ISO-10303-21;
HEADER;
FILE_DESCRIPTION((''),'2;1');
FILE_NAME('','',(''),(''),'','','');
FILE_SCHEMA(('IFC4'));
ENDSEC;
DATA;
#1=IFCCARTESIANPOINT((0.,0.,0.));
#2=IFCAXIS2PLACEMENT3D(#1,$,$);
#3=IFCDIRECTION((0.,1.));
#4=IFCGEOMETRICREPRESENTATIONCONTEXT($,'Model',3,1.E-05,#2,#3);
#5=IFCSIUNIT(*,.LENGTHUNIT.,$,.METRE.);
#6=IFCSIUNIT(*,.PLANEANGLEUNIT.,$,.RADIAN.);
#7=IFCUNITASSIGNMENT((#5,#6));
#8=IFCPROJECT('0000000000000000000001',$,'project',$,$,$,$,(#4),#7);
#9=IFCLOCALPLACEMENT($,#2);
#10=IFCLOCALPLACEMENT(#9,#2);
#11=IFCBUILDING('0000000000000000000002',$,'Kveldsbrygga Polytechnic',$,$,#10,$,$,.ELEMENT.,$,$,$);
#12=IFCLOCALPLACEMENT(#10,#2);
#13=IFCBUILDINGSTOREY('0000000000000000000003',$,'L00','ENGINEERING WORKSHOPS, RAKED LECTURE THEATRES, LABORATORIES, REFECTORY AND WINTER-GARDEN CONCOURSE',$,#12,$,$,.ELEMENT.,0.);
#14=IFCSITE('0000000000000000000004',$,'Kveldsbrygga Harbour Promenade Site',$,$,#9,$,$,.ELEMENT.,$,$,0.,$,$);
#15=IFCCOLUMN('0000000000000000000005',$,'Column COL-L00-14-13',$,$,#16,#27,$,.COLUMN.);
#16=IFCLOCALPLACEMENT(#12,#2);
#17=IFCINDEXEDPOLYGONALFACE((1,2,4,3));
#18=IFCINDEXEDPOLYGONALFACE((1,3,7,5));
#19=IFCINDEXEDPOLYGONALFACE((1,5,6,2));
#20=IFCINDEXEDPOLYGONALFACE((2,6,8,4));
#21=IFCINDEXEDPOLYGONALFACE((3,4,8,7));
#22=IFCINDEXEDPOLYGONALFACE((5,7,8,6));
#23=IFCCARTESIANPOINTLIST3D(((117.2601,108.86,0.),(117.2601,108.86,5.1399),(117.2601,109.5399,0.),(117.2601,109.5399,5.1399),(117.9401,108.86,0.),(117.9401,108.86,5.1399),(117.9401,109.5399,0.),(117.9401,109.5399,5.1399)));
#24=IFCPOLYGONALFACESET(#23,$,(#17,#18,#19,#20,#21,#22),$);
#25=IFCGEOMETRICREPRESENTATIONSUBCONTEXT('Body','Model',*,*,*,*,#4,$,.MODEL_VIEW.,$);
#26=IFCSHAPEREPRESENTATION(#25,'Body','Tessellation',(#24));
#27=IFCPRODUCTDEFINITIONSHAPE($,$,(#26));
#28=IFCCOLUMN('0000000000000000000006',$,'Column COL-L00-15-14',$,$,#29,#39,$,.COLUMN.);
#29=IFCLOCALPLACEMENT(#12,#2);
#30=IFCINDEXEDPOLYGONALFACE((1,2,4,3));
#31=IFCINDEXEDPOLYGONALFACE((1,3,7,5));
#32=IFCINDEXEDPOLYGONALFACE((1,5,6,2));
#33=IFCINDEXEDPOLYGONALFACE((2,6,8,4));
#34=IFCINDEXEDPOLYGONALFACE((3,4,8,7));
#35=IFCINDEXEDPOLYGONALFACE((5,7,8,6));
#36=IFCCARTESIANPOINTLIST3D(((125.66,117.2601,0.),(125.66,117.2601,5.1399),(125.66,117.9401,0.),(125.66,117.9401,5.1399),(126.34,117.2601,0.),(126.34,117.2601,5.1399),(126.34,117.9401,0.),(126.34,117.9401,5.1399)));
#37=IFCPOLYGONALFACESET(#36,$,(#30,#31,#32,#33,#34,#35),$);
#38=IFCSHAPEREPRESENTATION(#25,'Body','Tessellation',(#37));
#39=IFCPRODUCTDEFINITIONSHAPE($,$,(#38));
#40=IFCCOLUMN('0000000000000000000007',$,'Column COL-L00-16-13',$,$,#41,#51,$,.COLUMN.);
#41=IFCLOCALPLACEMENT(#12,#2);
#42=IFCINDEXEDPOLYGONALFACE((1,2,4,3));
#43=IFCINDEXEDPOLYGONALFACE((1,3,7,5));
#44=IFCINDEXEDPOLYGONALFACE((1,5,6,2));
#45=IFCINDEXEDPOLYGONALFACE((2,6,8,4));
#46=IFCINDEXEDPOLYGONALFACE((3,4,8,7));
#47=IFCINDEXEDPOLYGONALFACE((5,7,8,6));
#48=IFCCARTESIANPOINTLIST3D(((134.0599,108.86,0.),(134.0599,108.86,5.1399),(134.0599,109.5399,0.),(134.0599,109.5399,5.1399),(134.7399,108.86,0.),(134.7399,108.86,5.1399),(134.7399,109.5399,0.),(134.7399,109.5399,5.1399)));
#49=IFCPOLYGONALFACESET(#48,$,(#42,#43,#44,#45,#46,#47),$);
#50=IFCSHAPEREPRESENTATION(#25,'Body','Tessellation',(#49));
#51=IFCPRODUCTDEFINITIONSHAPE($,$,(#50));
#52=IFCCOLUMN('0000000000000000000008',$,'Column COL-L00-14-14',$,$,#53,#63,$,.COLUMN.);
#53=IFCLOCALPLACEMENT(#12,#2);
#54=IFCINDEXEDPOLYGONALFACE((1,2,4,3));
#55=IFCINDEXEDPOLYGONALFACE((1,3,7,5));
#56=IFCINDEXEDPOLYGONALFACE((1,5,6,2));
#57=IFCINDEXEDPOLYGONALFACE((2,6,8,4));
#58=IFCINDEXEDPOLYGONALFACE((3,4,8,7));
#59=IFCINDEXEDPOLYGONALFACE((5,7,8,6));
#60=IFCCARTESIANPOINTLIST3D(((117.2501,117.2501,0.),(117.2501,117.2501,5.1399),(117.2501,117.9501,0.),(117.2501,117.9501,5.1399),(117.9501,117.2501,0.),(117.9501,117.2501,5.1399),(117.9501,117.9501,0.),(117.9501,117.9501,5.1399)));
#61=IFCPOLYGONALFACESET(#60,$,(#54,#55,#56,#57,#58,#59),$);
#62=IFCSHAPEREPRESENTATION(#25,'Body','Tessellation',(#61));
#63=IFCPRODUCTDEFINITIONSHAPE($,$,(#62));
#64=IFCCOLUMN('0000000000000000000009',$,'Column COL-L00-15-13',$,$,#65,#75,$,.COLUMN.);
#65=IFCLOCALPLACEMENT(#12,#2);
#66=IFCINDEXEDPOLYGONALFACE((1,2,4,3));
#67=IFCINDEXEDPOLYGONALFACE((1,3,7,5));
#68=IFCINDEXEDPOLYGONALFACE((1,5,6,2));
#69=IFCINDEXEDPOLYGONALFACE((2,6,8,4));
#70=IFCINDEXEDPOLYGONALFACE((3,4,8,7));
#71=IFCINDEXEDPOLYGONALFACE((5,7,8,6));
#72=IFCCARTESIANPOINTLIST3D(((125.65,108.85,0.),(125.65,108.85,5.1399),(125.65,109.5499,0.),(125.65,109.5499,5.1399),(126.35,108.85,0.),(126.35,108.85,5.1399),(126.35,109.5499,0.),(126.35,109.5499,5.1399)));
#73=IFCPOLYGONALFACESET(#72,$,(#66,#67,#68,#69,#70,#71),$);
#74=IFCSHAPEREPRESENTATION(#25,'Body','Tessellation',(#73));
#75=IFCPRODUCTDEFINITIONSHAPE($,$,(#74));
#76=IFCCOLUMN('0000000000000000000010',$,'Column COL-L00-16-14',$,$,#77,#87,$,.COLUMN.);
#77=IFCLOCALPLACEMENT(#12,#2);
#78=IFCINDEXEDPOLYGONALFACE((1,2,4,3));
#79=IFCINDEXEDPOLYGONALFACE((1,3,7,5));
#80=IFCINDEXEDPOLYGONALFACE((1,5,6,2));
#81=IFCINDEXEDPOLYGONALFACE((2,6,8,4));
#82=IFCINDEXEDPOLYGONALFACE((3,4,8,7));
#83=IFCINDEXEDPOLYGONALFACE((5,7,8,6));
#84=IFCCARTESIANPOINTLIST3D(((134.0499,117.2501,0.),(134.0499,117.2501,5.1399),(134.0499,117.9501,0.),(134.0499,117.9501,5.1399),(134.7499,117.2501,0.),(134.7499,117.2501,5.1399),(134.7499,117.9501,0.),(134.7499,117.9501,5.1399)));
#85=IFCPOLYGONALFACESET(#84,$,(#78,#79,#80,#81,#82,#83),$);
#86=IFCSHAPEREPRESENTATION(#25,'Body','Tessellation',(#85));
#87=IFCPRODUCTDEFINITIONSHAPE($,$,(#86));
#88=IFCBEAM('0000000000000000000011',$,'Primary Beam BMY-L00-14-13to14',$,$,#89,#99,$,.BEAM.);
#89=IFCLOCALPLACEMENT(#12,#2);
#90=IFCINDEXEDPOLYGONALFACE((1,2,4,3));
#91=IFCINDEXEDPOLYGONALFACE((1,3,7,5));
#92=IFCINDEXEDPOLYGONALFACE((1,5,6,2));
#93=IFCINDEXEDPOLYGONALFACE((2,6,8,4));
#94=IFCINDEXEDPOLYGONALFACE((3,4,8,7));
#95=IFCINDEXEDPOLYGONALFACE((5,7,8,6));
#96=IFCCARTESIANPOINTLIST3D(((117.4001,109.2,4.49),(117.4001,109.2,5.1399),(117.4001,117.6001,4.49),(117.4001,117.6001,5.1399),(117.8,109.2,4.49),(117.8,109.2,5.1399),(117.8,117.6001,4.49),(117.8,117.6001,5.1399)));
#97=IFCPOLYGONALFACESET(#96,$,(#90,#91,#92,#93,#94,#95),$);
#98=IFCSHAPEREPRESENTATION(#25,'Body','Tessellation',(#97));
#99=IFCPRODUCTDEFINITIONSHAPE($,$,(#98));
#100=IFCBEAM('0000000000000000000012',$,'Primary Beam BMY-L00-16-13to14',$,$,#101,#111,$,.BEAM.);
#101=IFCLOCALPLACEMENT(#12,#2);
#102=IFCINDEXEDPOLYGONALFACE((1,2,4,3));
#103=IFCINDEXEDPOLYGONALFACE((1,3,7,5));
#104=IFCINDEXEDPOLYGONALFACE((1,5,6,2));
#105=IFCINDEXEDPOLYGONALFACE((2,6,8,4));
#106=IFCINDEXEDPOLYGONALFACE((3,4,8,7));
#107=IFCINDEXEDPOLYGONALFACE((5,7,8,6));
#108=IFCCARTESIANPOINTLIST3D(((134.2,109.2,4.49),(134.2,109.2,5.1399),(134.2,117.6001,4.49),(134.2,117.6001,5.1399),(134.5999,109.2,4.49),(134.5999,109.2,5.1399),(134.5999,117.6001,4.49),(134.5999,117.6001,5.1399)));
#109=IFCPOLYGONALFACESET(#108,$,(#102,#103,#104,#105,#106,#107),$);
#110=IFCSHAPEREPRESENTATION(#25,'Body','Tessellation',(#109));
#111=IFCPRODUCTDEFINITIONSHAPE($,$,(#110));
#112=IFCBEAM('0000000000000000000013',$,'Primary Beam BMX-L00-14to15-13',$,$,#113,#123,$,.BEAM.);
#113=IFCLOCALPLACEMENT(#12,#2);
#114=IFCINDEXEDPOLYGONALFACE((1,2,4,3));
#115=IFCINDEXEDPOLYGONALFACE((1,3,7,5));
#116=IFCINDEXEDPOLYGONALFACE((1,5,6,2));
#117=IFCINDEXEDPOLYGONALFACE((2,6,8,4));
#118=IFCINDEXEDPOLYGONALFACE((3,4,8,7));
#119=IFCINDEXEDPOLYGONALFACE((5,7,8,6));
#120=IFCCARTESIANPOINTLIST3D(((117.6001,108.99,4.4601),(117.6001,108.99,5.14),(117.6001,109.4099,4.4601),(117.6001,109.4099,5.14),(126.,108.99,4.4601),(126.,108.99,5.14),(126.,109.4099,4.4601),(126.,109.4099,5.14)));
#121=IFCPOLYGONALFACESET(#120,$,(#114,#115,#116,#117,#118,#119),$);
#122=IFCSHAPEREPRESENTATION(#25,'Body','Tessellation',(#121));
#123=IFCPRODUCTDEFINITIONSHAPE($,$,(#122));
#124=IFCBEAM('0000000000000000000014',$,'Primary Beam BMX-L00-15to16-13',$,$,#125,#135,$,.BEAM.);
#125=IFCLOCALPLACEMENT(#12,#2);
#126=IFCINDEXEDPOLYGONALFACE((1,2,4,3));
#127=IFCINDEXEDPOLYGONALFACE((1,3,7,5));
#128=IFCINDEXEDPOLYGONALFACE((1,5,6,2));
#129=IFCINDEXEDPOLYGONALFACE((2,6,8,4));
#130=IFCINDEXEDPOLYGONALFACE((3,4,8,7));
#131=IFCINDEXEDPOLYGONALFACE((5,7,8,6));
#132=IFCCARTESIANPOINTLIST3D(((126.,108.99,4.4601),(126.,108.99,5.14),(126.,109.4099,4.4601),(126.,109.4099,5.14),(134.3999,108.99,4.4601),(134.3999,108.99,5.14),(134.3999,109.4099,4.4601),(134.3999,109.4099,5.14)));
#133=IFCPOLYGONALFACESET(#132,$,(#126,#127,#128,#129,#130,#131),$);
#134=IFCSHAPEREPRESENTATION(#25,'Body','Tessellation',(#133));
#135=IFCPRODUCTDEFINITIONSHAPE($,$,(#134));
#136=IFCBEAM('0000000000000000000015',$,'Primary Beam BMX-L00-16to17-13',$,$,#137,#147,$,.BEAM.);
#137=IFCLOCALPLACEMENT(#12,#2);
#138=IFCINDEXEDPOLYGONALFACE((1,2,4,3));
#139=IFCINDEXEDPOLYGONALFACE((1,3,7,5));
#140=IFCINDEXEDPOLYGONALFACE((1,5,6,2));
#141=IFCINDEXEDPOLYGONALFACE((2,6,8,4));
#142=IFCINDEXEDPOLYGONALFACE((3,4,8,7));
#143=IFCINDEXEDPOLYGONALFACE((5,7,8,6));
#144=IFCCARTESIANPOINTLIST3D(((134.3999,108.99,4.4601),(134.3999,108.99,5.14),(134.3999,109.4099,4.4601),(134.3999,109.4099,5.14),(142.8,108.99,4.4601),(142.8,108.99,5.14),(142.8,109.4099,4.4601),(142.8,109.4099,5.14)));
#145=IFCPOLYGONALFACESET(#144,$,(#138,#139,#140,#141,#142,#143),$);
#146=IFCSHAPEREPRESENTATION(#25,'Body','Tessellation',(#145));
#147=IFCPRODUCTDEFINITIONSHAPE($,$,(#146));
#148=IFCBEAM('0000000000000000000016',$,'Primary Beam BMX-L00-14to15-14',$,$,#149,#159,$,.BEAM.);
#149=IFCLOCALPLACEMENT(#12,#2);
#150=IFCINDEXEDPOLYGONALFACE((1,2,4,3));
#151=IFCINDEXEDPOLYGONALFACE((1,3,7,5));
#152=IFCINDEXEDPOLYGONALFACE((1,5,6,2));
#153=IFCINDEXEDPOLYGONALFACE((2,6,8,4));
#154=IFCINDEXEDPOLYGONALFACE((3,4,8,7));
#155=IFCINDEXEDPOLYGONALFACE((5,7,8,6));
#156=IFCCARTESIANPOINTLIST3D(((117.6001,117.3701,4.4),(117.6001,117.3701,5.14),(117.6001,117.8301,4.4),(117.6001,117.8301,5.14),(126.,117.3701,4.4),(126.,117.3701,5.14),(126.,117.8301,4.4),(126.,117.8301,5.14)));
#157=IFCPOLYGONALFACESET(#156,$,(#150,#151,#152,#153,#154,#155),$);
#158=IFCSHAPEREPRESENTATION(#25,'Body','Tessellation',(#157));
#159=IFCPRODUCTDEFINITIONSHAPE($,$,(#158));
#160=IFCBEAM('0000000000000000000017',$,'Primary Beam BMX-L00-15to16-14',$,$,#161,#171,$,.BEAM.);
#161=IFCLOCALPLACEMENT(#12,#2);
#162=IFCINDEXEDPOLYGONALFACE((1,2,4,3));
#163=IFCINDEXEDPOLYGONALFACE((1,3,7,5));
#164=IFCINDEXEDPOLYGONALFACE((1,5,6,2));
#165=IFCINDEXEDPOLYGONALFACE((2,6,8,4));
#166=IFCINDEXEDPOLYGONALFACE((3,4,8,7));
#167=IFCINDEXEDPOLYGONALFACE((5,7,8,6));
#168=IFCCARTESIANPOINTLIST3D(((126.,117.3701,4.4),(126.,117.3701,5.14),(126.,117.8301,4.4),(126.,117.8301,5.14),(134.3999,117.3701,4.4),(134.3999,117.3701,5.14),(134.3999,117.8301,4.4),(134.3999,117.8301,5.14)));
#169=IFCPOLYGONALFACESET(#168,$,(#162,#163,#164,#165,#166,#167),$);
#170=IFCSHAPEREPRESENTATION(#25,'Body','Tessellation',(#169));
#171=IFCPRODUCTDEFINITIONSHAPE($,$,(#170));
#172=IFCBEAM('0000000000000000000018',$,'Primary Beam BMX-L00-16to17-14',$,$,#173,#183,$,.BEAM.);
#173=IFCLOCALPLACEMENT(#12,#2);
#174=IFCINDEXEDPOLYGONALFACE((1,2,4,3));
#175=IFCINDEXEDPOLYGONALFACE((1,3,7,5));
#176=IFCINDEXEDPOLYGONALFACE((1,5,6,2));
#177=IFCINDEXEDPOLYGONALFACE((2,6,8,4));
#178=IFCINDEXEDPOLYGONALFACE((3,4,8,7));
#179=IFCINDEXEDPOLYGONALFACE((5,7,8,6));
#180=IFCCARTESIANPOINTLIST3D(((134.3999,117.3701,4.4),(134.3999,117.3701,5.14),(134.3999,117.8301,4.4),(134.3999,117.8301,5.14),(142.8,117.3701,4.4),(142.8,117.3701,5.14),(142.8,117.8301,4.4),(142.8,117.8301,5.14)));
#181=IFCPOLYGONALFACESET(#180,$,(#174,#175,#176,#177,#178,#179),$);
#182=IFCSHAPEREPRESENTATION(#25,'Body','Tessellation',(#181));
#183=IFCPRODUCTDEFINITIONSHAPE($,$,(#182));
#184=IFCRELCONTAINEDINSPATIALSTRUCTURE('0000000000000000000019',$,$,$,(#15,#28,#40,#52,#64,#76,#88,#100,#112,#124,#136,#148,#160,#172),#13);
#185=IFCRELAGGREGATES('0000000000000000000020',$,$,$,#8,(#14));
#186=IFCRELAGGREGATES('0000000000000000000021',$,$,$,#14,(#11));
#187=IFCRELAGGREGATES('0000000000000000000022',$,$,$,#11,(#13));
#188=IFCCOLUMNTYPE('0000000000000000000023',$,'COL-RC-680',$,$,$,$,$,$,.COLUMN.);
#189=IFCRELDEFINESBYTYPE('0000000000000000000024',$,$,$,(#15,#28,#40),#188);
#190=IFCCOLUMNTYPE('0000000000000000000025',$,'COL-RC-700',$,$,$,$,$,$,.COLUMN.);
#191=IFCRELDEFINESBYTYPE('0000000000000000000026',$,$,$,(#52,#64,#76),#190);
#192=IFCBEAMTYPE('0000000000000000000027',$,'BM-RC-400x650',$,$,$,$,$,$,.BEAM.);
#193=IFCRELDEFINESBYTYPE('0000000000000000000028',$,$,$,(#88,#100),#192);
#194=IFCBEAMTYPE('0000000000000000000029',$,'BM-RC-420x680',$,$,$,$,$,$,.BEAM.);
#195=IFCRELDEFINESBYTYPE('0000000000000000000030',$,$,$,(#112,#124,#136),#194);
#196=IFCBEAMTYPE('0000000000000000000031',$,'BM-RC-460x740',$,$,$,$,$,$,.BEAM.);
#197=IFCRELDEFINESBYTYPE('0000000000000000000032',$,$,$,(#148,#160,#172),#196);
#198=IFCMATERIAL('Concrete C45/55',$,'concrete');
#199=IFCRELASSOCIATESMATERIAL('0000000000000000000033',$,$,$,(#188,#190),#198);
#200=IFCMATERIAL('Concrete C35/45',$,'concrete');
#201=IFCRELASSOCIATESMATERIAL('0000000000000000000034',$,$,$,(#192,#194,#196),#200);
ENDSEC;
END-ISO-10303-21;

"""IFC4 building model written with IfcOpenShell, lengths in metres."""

from ifc_helpers import new_model, si_unit, direction, frame, origin, origin_2d, place, context, subcontext, project, spatial, rectangle, extrude, material, material_profile, profile_set, type_object, element, save


model = new_model("IFC4")

# Units and contexts
model_context = context("Model", 3, precision=1e-05, world=origin(), true_north=direction((0.0, 1.0)))
body_context = subcontext(model_context, "Body", "Model", "MODEL_VIEW")
ifc_project = project(units=[si_unit("LENGTHUNIT", "METRE"), si_unit("PLANEANGLEUNIT", "RADIAN")], contexts=[model_context])

# Site, building, storey
site_placement = place(None, origin())
site = spatial("IfcSite", under=ifc_project, at=site_placement, Name="Kveldsbrygga Harbour Promenade Site", CompositionType="ELEMENT", RefElevation=0.0)
building_placement = place(site_placement, origin())
building = spatial("IfcBuilding", under=site, at=building_placement, Name="Kveldsbrygga Polytechnic", CompositionType="ELEMENT")
storey_placement = place(building_placement, origin())
storey = spatial("IfcBuildingStorey", under=building, at=storey_placement, Name="L00", Description="ENGINEERING WORKSHOPS, RAKED LECTURE THEATRES, LABORATORIES, REFECTORY AND WINTER-GARDEN CONCOURSE", CompositionType="ELEMENT", Elevation=0.0)

# Columns
ifc_material_1 = material(Name="Concrete C45/55", Category="concrete")
ifc_material_profile_1 = material_profile(ifc_material_1, rectangle(XDim=0.6799, YDim=0.6799, at=origin_2d()), Name="RC 680x680")
ifc_profile_set_1 = profile_set([ifc_material_profile_1], Name="Concrete C45/55")
column_type_1 = type_object("IfcColumnType", Name="COL-RC-680", PredefinedType="COLUMN", material=ifc_profile_set_1)
for number, where, z_axis, x_axis, name in (
    (1, (117.6001, 109.2, 0.0), (0.0, 0.0, 1.0), (1.0, 0.0, 0.0), "Column COL-L00-14-13"),
    (2, (126.0, 117.6001, 0.0), (0.0, 0.0, 1.0), (1.0, 0.0, 0.0), "Column COL-L00-15-14"),
    (3, (134.3999, 109.2, 0.0), (0.0, 0.0, 1.0), (1.0, 0.0, 0.0), "Column COL-L00-16-13"),
):
    element("IfcColumn", number, at=place(storey_placement, frame(where, z_axis=z_axis, x_axis=x_axis)), inside=storey, type_object=column_type_1, Name=name, PredefinedType="COLUMN", context=body_context, shape_type="SweptSolid", body=[
        extrude(rectangle(XDim=0.6799, YDim=0.6799, at=origin_2d()), origin(), (0.0, 0.0, 1.0), 5.1399),
    ])
ifc_material_profile_2 = material_profile(ifc_material_1, rectangle(XDim=0.7, YDim=0.7, at=origin_2d()), Name="RC 700x700")
ifc_profile_set_2 = profile_set([ifc_material_profile_2], Name="Concrete C45/55")
column_type_2 = type_object("IfcColumnType", Name="COL-RC-700", PredefinedType="COLUMN", material=ifc_profile_set_2)
for number, where, z_axis, x_axis, name in (
    (4, (117.6001, 117.6001, 0.0), (0.0, 0.0, 1.0), (1.0, 0.0, 0.0), "Column COL-L00-14-14"),
    (5, (126.0, 109.2, 0.0), (0.0, 0.0, 1.0), (1.0, 0.0, 0.0), "Column COL-L00-15-13"),
    (6, (134.3999, 117.6001, 0.0), (0.0, 0.0, 1.0), (1.0, 0.0, 0.0), "Column COL-L00-16-14"),
):
    element("IfcColumn", number, at=place(storey_placement, frame(where, z_axis=z_axis, x_axis=x_axis)), inside=storey, type_object=column_type_2, Name=name, PredefinedType="COLUMN", context=body_context, shape_type="SweptSolid", body=[
        extrude(rectangle(XDim=0.7, YDim=0.7, at=origin_2d()), origin(), (0.0, 0.0, 1.0), 5.1399),
    ])

# Beams
ifc_material_2 = material(Name="Concrete C35/45", Category="concrete")
ifc_material_profile_3 = material_profile(ifc_material_2, rectangle(XDim=0.3999, YDim=0.6499, at=origin_2d()), Name="RC 400x650")
ifc_profile_set_3 = profile_set([ifc_material_profile_3], Name="Concrete C35/45")
beam_type_1 = type_object("IfcBeamType", Name="BM-RC-400x650", PredefinedType="BEAM", material=ifc_profile_set_3)
for number, where, z_axis, x_axis, name in (
    (7, (117.6001, 109.2, 4.8149), (0.0, 1.0, 0.0), (-1.0, 0.0, 0.0), "Primary Beam BMY-L00-14-13to14"),
    (8, (134.3999, 109.2, 4.8149), (0.0, 1.0, 0.0), (-1.0, 0.0, 0.0), "Primary Beam BMY-L00-16-13to14"),
):
    element("IfcBeam", number, at=place(storey_placement, frame(where, z_axis=z_axis, x_axis=x_axis)), inside=storey, type_object=beam_type_1, Name=name, PredefinedType="BEAM", context=body_context, shape_type="SweptSolid", body=[
        extrude(rectangle(XDim=0.3999, YDim=0.6499, at=origin_2d()), origin(), (0.0, 0.0, 1.0), 8.4001),
    ])
ifc_material_profile_4 = material_profile(ifc_material_2, rectangle(XDim=0.4199, YDim=0.6799, at=origin_2d()), Name="RC 420x680")
ifc_profile_set_4 = profile_set([ifc_material_profile_4], Name="Concrete C35/45")
beam_type_2 = type_object("IfcBeamType", Name="BM-RC-420x680", PredefinedType="BEAM", material=ifc_profile_set_4)
for number, where, z_axis, x_axis, name in (
    (9, (117.6001, 109.2, 4.8), (1.0, 0.0, 0.0), (0.0, 1.0, 0.0), "Primary Beam BMX-L00-14to15-13"),
    (10, (126.0, 109.2, 4.8), (1.0, 0.0, 0.0), (0.0, 1.0, 0.0), "Primary Beam BMX-L00-15to16-13"),
):
    element("IfcBeam", number, at=place(storey_placement, frame(where, z_axis=z_axis, x_axis=x_axis)), inside=storey, type_object=beam_type_2, Name=name, PredefinedType="BEAM", context=body_context, shape_type="SweptSolid", body=[
        extrude(rectangle(XDim=0.4199, YDim=0.6799, at=origin_2d()), origin(), (0.0, 0.0, 1.0), 8.3999),
    ])
beam_1_placement = place(storey_placement, frame((134.3999, 109.2, 4.8), z_axis=(1.0, 0.0, 0.0), x_axis=(0.0, 1.0, 0.0)))
element("IfcBeam", 11, at=beam_1_placement, inside=storey, type_object=beam_type_2, Name="Primary Beam BMX-L00-16to17-13", PredefinedType="BEAM", context=body_context, shape_type="SweptSolid", body=[
    extrude(rectangle(XDim=0.4199, YDim=0.6799, at=origin_2d()), origin(), (0.0, 0.0, 1.0), 8.4001),
])
ifc_material_profile_5 = material_profile(ifc_material_2, rectangle(XDim=0.46, YDim=0.74, at=origin_2d()), Name="RC 460x740")
ifc_profile_set_5 = profile_set([ifc_material_profile_5], Name="Concrete C35/45")
beam_type_3 = type_object("IfcBeamType", Name="BM-RC-460x740", PredefinedType="BEAM", material=ifc_profile_set_5)
for number, where, z_axis, x_axis, name in (
    (12, (117.6001, 117.6001, 4.77), (1.0, 0.0, 0.0), (0.0, 1.0, 0.0), "Primary Beam BMX-L00-14to15-14"),
    (13, (126.0, 117.6001, 4.77), (1.0, 0.0, 0.0), (0.0, 1.0, 0.0), "Primary Beam BMX-L00-15to16-14"),
):
    element("IfcBeam", number, at=place(storey_placement, frame(where, z_axis=z_axis, x_axis=x_axis)), inside=storey, type_object=beam_type_3, Name=name, PredefinedType="BEAM", context=body_context, shape_type="SweptSolid", body=[
        extrude(rectangle(XDim=0.46, YDim=0.74, at=origin_2d()), origin(), (0.0, 0.0, 1.0), 8.3999),
    ])
beam_2_placement = place(storey_placement, frame((134.3999, 117.6001, 4.77), z_axis=(1.0, 0.0, 0.0), x_axis=(0.0, 1.0, 0.0)))
element("IfcBeam", 14, at=beam_2_placement, inside=storey, type_object=beam_type_3, Name="Primary Beam BMX-L00-16to17-14", PredefinedType="BEAM", context=body_context, shape_type="SweptSolid", body=[
    extrude(rectangle(XDim=0.46, YDim=0.74, at=origin_2d()), origin(), (0.0, 0.0, 1.0), 8.4001),
])

save(model, "model.ifc")
